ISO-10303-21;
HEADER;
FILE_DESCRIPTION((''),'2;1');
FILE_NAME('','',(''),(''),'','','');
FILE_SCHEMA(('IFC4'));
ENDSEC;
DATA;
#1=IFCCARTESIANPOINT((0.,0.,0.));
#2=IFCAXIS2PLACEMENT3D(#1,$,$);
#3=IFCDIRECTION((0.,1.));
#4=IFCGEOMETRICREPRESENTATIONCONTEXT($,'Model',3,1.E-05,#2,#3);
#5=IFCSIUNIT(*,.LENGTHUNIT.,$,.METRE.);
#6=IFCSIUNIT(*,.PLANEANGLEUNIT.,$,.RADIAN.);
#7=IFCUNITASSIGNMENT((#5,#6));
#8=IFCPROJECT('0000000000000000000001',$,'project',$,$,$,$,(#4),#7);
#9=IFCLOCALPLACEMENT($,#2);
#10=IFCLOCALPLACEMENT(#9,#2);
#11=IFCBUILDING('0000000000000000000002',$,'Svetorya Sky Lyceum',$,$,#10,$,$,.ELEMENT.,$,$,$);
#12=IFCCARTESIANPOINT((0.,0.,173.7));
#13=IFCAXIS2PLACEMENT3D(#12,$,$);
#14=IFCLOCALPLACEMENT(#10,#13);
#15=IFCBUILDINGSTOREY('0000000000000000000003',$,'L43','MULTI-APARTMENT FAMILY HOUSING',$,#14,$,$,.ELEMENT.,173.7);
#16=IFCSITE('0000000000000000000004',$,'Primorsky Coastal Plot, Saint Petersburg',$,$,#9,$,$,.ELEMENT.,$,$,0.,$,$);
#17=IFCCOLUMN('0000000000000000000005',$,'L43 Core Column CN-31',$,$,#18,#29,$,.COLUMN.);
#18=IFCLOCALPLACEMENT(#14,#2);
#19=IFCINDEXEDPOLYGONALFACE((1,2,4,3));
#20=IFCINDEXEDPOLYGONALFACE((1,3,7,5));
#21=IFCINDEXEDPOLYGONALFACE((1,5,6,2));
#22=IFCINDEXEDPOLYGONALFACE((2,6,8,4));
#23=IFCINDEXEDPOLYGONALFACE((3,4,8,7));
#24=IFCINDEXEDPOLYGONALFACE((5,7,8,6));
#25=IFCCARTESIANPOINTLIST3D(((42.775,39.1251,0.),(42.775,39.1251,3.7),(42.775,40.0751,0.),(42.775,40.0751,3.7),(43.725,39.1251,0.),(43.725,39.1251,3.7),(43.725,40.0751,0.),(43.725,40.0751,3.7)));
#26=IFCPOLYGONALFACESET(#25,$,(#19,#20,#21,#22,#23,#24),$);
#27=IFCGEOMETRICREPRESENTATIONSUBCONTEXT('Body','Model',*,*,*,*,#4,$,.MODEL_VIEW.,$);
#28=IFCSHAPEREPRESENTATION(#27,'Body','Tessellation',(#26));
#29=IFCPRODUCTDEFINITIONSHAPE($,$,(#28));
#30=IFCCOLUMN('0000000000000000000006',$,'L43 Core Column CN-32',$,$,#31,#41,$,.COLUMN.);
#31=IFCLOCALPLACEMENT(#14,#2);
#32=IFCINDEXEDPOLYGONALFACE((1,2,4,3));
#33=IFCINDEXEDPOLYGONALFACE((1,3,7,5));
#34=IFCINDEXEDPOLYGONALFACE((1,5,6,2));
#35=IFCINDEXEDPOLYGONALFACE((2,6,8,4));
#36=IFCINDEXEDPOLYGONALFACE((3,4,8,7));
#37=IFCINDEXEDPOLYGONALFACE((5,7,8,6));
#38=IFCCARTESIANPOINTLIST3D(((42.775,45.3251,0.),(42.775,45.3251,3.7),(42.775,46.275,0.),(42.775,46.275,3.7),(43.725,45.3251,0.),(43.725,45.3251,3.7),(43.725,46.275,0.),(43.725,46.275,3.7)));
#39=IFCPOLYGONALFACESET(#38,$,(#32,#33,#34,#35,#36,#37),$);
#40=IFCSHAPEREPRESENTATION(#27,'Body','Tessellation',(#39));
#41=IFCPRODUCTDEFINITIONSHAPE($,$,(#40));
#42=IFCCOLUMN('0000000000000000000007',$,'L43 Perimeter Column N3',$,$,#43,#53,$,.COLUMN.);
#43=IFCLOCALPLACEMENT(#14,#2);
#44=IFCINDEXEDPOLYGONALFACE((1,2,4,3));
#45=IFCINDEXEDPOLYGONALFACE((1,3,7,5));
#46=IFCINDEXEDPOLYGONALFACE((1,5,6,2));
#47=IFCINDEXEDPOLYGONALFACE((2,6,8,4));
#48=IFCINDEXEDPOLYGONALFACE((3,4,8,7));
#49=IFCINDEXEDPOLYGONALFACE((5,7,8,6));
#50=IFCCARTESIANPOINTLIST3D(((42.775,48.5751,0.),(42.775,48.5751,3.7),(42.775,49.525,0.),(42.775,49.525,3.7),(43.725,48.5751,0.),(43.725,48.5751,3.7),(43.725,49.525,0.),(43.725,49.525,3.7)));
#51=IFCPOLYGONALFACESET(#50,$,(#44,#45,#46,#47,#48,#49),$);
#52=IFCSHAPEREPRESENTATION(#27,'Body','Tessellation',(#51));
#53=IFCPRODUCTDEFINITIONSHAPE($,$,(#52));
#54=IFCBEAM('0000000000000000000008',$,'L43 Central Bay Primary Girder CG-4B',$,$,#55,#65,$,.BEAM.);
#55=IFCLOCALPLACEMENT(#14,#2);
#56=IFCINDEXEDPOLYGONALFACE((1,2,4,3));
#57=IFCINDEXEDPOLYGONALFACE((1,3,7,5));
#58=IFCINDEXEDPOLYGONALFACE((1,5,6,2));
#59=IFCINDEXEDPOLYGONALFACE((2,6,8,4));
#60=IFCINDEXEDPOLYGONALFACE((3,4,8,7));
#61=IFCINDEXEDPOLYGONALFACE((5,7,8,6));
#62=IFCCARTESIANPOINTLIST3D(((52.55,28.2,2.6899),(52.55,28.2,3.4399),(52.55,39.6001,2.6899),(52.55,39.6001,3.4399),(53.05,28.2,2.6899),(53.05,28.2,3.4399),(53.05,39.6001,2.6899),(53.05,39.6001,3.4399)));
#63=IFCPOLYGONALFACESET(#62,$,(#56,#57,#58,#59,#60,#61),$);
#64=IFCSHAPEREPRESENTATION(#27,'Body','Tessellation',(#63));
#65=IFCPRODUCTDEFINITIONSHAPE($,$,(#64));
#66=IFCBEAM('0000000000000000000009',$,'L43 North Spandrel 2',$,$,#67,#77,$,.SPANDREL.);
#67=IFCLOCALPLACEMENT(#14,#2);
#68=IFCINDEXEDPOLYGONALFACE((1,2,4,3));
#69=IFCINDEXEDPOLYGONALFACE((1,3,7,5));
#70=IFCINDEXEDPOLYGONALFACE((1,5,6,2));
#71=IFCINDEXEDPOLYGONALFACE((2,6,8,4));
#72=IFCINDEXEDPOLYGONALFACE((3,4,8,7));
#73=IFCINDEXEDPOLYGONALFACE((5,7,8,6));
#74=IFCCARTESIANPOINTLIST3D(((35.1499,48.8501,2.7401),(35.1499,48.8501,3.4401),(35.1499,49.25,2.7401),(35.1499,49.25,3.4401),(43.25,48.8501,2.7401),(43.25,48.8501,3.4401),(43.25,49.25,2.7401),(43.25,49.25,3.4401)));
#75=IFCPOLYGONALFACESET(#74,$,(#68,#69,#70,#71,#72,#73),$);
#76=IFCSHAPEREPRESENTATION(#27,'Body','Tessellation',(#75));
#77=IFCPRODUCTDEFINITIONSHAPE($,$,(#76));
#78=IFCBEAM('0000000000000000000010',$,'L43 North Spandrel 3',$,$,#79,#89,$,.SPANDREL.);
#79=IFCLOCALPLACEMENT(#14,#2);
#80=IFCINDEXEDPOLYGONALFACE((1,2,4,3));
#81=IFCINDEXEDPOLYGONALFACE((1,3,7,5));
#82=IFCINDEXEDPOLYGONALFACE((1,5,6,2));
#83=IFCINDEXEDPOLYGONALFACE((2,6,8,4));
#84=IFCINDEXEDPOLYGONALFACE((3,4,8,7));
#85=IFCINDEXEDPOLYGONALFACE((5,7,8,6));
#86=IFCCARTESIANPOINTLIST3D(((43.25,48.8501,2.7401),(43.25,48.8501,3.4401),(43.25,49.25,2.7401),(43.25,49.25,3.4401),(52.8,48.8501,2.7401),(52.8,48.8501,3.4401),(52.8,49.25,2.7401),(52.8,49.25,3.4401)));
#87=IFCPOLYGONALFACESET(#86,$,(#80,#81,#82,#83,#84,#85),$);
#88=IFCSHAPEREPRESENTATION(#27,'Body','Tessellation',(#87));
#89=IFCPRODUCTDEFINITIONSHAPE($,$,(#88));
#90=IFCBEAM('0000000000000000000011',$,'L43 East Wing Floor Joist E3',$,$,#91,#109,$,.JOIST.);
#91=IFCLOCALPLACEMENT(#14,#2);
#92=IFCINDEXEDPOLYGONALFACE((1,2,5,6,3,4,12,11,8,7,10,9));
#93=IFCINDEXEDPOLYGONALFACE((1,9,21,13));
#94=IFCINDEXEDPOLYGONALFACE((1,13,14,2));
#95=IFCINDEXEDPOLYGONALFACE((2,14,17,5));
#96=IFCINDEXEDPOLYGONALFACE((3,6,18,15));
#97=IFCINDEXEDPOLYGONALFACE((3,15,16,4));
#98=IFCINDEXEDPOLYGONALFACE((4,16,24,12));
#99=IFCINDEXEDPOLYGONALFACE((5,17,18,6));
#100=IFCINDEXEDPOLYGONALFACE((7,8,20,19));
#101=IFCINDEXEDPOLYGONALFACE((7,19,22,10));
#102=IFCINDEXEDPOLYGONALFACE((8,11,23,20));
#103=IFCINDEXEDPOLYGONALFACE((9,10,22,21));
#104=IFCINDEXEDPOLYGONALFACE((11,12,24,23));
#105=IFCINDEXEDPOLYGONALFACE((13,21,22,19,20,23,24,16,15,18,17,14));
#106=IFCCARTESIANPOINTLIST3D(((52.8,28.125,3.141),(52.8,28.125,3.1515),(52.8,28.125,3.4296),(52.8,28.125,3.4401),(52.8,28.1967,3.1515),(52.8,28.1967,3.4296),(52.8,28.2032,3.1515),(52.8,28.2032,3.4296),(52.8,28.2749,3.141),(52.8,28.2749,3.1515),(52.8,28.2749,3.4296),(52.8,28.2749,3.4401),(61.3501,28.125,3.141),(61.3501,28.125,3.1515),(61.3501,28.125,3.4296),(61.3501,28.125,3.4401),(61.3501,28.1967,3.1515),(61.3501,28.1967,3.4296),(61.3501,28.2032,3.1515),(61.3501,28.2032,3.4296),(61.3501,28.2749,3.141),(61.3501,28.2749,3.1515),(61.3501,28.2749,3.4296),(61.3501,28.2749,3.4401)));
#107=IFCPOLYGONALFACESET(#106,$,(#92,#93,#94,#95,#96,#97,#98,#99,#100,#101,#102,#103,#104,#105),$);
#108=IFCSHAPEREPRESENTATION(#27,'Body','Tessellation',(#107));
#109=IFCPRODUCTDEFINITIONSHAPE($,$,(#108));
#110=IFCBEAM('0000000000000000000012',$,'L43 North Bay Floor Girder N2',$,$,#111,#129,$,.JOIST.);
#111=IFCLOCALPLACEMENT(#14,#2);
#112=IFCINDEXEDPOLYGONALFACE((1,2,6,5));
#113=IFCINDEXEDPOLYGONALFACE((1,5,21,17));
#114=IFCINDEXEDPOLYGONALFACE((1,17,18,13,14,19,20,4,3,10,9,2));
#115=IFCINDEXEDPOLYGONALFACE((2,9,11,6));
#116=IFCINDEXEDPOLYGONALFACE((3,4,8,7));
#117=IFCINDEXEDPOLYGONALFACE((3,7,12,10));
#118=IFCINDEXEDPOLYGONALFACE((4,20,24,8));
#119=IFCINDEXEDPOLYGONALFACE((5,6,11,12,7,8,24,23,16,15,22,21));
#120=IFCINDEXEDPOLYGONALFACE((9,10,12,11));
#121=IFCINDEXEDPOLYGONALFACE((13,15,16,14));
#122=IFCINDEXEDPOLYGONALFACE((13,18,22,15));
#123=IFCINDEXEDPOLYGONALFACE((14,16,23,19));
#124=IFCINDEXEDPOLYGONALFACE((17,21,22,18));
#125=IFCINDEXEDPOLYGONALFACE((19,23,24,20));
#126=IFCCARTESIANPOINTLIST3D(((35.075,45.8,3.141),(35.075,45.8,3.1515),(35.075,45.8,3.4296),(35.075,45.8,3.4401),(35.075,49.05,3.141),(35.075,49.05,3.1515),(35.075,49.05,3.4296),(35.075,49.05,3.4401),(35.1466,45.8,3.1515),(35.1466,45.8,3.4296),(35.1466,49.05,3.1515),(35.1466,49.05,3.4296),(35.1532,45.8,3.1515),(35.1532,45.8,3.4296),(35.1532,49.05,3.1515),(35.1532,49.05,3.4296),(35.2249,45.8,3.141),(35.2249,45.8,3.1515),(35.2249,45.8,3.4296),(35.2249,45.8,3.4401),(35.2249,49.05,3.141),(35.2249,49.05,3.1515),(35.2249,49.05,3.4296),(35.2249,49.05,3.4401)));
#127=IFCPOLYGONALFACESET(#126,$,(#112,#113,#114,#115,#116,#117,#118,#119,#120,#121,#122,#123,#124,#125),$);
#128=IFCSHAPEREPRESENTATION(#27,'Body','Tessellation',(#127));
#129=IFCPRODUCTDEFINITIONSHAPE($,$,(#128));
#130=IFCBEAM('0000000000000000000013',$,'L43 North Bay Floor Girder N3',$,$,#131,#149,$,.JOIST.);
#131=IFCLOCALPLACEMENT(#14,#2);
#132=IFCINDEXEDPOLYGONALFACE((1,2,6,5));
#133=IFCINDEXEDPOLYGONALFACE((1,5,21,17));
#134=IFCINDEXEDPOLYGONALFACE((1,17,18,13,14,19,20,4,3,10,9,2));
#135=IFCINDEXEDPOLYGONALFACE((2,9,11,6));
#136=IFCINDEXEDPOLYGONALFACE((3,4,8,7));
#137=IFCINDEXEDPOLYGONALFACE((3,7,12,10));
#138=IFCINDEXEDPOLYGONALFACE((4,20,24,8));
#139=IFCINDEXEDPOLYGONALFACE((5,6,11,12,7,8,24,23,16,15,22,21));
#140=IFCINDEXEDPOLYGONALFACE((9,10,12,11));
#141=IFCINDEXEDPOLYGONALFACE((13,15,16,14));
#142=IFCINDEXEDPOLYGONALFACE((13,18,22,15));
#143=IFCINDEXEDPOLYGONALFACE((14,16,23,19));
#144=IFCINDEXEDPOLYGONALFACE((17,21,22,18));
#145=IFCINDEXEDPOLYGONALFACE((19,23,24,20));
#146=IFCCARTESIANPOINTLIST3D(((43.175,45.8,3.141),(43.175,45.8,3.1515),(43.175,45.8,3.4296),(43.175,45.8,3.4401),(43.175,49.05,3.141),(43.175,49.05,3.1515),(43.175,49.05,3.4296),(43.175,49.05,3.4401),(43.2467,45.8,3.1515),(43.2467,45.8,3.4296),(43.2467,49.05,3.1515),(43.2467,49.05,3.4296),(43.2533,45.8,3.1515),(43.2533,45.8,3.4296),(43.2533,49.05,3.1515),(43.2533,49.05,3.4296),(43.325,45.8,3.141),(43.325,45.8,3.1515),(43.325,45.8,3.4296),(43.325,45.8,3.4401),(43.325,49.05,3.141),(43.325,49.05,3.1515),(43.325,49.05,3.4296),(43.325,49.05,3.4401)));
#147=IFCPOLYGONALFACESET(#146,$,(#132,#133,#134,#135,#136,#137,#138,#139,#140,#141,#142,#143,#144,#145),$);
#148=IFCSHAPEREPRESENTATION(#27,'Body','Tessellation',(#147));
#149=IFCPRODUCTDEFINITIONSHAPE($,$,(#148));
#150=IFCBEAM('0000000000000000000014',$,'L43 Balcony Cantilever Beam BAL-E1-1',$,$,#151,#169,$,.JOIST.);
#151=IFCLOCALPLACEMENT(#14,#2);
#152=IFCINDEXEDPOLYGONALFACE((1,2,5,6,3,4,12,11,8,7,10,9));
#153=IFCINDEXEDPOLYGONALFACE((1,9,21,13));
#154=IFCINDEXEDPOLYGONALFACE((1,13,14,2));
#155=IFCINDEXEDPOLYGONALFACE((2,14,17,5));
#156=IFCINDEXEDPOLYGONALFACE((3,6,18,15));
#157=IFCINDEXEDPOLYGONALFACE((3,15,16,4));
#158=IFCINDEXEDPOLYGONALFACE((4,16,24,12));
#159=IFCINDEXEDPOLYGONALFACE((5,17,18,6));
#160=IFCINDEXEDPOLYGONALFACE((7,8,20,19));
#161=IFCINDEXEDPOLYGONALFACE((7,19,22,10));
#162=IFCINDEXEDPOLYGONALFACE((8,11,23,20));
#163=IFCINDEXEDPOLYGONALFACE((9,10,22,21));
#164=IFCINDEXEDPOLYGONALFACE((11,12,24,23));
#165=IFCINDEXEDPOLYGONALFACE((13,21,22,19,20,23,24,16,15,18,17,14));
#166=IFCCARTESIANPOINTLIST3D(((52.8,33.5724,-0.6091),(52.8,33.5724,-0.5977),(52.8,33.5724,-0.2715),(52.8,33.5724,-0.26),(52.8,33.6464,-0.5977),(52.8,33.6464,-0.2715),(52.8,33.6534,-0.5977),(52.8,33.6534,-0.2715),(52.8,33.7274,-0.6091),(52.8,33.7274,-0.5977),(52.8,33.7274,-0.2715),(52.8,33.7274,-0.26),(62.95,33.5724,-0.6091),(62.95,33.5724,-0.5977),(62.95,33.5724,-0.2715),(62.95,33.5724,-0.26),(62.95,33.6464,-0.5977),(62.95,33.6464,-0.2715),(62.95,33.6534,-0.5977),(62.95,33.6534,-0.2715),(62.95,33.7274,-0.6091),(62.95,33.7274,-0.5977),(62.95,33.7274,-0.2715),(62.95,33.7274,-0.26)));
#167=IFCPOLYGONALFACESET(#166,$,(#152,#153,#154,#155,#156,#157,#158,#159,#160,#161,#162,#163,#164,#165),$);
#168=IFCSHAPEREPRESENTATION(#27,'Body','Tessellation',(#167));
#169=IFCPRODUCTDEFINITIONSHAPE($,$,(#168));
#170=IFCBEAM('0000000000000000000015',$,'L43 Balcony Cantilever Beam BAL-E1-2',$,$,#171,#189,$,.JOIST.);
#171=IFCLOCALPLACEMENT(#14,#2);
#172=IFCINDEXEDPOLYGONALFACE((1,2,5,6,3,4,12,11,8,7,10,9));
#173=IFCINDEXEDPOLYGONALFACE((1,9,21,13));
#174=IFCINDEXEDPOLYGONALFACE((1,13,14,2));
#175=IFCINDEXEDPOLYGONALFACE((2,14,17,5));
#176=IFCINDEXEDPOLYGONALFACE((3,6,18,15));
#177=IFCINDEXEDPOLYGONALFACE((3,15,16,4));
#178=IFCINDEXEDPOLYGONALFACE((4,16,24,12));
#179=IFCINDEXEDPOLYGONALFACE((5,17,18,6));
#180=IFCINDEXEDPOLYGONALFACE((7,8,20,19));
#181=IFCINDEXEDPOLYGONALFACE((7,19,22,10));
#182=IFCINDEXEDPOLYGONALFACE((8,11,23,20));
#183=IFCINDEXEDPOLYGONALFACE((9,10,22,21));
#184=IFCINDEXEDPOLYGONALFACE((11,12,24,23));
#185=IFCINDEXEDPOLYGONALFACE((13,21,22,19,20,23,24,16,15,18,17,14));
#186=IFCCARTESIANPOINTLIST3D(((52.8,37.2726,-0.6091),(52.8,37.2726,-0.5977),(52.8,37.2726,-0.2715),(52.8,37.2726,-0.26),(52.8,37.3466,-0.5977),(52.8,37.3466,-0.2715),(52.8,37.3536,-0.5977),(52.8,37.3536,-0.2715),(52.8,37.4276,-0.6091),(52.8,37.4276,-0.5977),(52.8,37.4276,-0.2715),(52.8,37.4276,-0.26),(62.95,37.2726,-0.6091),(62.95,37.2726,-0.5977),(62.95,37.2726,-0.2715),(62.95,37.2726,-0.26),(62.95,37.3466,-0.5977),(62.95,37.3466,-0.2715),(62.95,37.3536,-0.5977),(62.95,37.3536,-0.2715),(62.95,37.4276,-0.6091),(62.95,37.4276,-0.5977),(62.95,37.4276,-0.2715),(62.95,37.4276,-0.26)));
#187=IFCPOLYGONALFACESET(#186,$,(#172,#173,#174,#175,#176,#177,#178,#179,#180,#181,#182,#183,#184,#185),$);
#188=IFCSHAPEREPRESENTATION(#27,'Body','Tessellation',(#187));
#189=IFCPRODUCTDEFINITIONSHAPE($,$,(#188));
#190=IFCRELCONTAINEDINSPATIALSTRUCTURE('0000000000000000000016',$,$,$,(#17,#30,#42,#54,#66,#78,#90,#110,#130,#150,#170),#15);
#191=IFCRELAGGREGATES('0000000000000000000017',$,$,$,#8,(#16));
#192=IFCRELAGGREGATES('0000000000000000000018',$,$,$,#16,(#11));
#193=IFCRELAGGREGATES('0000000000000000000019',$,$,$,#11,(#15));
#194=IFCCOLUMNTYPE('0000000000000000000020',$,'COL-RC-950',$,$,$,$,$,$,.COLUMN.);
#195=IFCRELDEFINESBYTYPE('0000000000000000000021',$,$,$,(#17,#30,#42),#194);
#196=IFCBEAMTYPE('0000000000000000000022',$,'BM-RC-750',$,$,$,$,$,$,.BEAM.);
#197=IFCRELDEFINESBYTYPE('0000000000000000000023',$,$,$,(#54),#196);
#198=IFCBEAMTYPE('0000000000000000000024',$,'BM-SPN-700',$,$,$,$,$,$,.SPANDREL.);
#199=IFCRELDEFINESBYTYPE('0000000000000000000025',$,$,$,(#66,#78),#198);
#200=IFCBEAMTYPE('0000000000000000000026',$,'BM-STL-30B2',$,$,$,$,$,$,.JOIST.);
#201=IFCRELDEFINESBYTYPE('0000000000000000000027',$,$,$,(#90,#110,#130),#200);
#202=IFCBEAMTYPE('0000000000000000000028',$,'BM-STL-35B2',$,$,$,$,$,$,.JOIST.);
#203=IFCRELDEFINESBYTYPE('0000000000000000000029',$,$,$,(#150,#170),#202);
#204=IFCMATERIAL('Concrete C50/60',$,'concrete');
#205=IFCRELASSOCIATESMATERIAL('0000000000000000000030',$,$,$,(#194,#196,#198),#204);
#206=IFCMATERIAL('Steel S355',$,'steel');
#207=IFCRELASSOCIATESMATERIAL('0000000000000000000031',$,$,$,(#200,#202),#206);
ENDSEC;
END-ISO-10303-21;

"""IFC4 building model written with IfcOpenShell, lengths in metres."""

from ifc_helpers import new_model, si_unit, direction, frame, origin, origin_2d, place, context, subcontext, project, spatial, rectangle, i_section, extrude, material, material_profile, profile_set, type_object, element, save


model = new_model("IFC4")

# Units and contexts
model_context = context("Model", 3, precision=1e-05, world=origin(), true_north=direction((0.0, 1.0)))
body_context = subcontext(model_context, "Body", "Model", "MODEL_VIEW")
ifc_project = project(units=[si_unit("LENGTHUNIT", "METRE"), si_unit("PLANEANGLEUNIT", "RADIAN")], contexts=[model_context])

# Site, building, storey
site_placement = place(None, origin())
site = spatial("IfcSite", under=ifc_project, at=site_placement, Name="Primorsky Coastal Plot, Saint Petersburg", CompositionType="ELEMENT", RefElevation=0.0)
building_placement = place(site_placement, origin())
building = spatial("IfcBuilding", under=site, at=building_placement, Name="Svetorya Sky Lyceum", CompositionType="ELEMENT")
storey_placement = place(building_placement, frame((0.0, 0.0, 173.7)))
storey = spatial("IfcBuildingStorey", under=building, at=storey_placement, Name="L43", Description="MULTI-APARTMENT FAMILY HOUSING", CompositionType="ELEMENT", Elevation=173.7)

# Columns
ifc_material_1 = material(Name="Concrete C50/60", Category="concrete")
ifc_material_profile_1 = material_profile(ifc_material_1, rectangle(XDim=0.95, YDim=0.95, at=origin_2d()), Name="RC COL 950x950")
ifc_profile_set_1 = profile_set([ifc_material_profile_1], Name="Concrete C50/60")
column_type = type_object("IfcColumnType", Name="COL-RC-950", PredefinedType="COLUMN", material=ifc_profile_set_1)
for number, where, z_axis, x_axis, name in (
    (1, (43.25, 39.6001, 0.0), (0.0, 0.0, 1.0), (1.0, 0.0, 0.0), "L43 Core Column CN-31"),
    (2, (43.25, 45.8, 0.0), (0.0, 0.0, 1.0), (1.0, 0.0, 0.0), "L43 Core Column CN-32"),
    (3, (43.25, 49.05, 0.0), (0.0, 0.0, 1.0), (1.0, 0.0, 0.0), "L43 Perimeter Column N3"),
):
    element("IfcColumn", number, at=place(storey_placement, frame(where, z_axis=z_axis, x_axis=x_axis)), inside=storey, type_object=column_type, Name=name, PredefinedType="COLUMN", context=body_context, shape_type="SweptSolid", body=[
        extrude(rectangle(XDim=0.95, YDim=0.95, at=origin_2d()), origin(), (0.0, 0.0, 1.0), 3.7),
    ])

# Beams
ifc_material_profile_2 = material_profile(ifc_material_1, rectangle(XDim=0.5, YDim=0.75, at=origin_2d()), Name="RC BEAM 500x750")
ifc_profile_set_2 = profile_set([ifc_material_profile_2], Name="Concrete C50/60")
beam_type_1 = type_object("IfcBeamType", Name="BM-RC-750", PredefinedType="BEAM", material=ifc_profile_set_2)
beam_1_placement = place(storey_placement, frame((52.8, 28.2, 3.0649), z_axis=(0.0, 1.0, 0.0), x_axis=(-1.0, 0.0, 0.0)))
element("IfcBeam", 4, at=beam_1_placement, inside=storey, type_object=beam_type_1, Name="L43 Central Bay Primary Girder CG-4B", PredefinedType="BEAM", context=body_context, shape_type="SweptSolid", body=[
    extrude(rectangle(XDim=0.5, YDim=0.75, at=origin_2d()), origin(), (0.0, 0.0, 1.0), 11.4001),
])
ifc_material_profile_3 = material_profile(ifc_material_1, rectangle(XDim=0.3999, YDim=0.7, at=origin_2d()), Name="RC SPANDREL 400x700")
ifc_profile_set_3 = profile_set([ifc_material_profile_3], Name="Concrete C50/60")
beam_type_2 = type_object("IfcBeamType", Name="BM-SPN-700", PredefinedType="SPANDREL", material=ifc_profile_set_3)
beam_2_placement = place(storey_placement, frame((35.1499, 49.05, 3.0901), z_axis=(1.0, 0.0, 0.0), x_axis=(0.0, 1.0, 0.0)))
element("IfcBeam", 5, at=beam_2_placement, inside=storey, type_object=beam_type_2, Name="L43 North Spandrel 2", PredefinedType="SPANDREL", context=body_context, shape_type="SweptSolid", body=[
    extrude(rectangle(XDim=0.3999, YDim=0.7, at=origin_2d()), origin(), (0.0, 0.0, 1.0), 8.1001),
])
beam_3_placement = place(storey_placement, frame((43.25, 49.05, 3.0901), z_axis=(1.0, 0.0, 0.0), x_axis=(0.0, 1.0, 0.0)))
element("IfcBeam", 6, at=beam_3_placement, inside=storey, type_object=beam_type_2, Name="L43 North Spandrel 3", PredefinedType="SPANDREL", context=body_context, shape_type="SweptSolid", body=[
    extrude(rectangle(XDim=0.3999, YDim=0.7, at=origin_2d()), origin(), (0.0, 0.0, 1.0), 9.55),
])
ifc_material_2 = material(Name="Steel S355", Category="steel")
ifc_material_profile_4 = material_profile(ifc_material_2, i_section(OverallWidth=0.1499, OverallDepth=0.2991, WebThickness=0.0066, FlangeThickness=0.0105, at=origin_2d()), Name="GOST 30B2")
ifc_profile_set_4 = profile_set([ifc_material_profile_4], Name="Steel S355")
beam_type_3 = type_object("IfcBeamType", Name="BM-STL-30B2", PredefinedType="JOIST", material=ifc_profile_set_4)
beam_4_placement = place(storey_placement, frame((52.8, 28.2, 3.2905), z_axis=(1.0, 0.0, 0.0), x_axis=(0.0, 1.0, 0.0)))
element("IfcBeam", 7, at=beam_4_placement, inside=storey, type_object=beam_type_3, Name="L43 East Wing Floor Joist E3", PredefinedType="JOIST", context=body_context, shape_type="SweptSolid", body=[
    extrude(i_section(OverallWidth=0.1499, OverallDepth=0.2991, WebThickness=0.0066, FlangeThickness=0.0105, at=origin_2d()), origin(), (0.0, 0.0, 1.0), 8.55),
])
for number, where, z_axis, x_axis, name in (
    (8, (35.1499, 45.8, 3.2905), (0.0, 1.0, 0.0), (-1.0, 0.0, 0.0), "L43 North Bay Floor Girder N2"),
    (9, (43.25, 45.8, 3.2905), (0.0, 1.0, 0.0), (-1.0, 0.0, 0.0), "L43 North Bay Floor Girder N3"),
):
    element("IfcBeam", number, at=place(storey_placement, frame(where, z_axis=z_axis, x_axis=x_axis)), inside=storey, type_object=beam_type_3, Name=name, PredefinedType="JOIST", context=body_context, shape_type="SweptSolid", body=[
        extrude(i_section(OverallWidth=0.1499, OverallDepth=0.2991, WebThickness=0.0066, FlangeThickness=0.0105, at=origin_2d()), origin(), (0.0, 0.0, 1.0), 3.25),
    ])
ifc_material_profile_5 = material_profile(ifc_material_2, i_section(OverallWidth=0.155, OverallDepth=0.3491, WebThickness=0.0071, FlangeThickness=0.0115, at=origin_2d()), Name="GOST 35B2")
ifc_profile_set_5 = profile_set([ifc_material_profile_5], Name="Steel S355")
beam_type_4 = type_object("IfcBeamType", Name="BM-STL-35B2", PredefinedType="JOIST", material=ifc_profile_set_5)
for number, where, z_axis, x_axis, name in (
    (10, (52.8, 33.6499, -0.4346), (1.0, 0.0, 0.0), (0.0, 1.0, 0.0), "L43 Balcony Cantilever Beam BAL-E1-1"),
    (11, (52.8, 37.3501, -0.4346), (1.0, 0.0, 0.0), (0.0, 1.0, 0.0), "L43 Balcony Cantilever Beam BAL-E1-2"),
):
    element("IfcBeam", number, at=place(storey_placement, frame(where, z_axis=z_axis, x_axis=x_axis)), inside=storey, type_object=beam_type_4, Name=name, PredefinedType="JOIST", context=body_context, shape_type="SweptSolid", body=[
        extrude(i_section(OverallWidth=0.155, OverallDepth=0.3491, WebThickness=0.0071, FlangeThickness=0.0115, at=origin_2d()), origin(), (0.0, 0.0, 1.0), 10.1499),
    ])

save(model, "model.ifc")
